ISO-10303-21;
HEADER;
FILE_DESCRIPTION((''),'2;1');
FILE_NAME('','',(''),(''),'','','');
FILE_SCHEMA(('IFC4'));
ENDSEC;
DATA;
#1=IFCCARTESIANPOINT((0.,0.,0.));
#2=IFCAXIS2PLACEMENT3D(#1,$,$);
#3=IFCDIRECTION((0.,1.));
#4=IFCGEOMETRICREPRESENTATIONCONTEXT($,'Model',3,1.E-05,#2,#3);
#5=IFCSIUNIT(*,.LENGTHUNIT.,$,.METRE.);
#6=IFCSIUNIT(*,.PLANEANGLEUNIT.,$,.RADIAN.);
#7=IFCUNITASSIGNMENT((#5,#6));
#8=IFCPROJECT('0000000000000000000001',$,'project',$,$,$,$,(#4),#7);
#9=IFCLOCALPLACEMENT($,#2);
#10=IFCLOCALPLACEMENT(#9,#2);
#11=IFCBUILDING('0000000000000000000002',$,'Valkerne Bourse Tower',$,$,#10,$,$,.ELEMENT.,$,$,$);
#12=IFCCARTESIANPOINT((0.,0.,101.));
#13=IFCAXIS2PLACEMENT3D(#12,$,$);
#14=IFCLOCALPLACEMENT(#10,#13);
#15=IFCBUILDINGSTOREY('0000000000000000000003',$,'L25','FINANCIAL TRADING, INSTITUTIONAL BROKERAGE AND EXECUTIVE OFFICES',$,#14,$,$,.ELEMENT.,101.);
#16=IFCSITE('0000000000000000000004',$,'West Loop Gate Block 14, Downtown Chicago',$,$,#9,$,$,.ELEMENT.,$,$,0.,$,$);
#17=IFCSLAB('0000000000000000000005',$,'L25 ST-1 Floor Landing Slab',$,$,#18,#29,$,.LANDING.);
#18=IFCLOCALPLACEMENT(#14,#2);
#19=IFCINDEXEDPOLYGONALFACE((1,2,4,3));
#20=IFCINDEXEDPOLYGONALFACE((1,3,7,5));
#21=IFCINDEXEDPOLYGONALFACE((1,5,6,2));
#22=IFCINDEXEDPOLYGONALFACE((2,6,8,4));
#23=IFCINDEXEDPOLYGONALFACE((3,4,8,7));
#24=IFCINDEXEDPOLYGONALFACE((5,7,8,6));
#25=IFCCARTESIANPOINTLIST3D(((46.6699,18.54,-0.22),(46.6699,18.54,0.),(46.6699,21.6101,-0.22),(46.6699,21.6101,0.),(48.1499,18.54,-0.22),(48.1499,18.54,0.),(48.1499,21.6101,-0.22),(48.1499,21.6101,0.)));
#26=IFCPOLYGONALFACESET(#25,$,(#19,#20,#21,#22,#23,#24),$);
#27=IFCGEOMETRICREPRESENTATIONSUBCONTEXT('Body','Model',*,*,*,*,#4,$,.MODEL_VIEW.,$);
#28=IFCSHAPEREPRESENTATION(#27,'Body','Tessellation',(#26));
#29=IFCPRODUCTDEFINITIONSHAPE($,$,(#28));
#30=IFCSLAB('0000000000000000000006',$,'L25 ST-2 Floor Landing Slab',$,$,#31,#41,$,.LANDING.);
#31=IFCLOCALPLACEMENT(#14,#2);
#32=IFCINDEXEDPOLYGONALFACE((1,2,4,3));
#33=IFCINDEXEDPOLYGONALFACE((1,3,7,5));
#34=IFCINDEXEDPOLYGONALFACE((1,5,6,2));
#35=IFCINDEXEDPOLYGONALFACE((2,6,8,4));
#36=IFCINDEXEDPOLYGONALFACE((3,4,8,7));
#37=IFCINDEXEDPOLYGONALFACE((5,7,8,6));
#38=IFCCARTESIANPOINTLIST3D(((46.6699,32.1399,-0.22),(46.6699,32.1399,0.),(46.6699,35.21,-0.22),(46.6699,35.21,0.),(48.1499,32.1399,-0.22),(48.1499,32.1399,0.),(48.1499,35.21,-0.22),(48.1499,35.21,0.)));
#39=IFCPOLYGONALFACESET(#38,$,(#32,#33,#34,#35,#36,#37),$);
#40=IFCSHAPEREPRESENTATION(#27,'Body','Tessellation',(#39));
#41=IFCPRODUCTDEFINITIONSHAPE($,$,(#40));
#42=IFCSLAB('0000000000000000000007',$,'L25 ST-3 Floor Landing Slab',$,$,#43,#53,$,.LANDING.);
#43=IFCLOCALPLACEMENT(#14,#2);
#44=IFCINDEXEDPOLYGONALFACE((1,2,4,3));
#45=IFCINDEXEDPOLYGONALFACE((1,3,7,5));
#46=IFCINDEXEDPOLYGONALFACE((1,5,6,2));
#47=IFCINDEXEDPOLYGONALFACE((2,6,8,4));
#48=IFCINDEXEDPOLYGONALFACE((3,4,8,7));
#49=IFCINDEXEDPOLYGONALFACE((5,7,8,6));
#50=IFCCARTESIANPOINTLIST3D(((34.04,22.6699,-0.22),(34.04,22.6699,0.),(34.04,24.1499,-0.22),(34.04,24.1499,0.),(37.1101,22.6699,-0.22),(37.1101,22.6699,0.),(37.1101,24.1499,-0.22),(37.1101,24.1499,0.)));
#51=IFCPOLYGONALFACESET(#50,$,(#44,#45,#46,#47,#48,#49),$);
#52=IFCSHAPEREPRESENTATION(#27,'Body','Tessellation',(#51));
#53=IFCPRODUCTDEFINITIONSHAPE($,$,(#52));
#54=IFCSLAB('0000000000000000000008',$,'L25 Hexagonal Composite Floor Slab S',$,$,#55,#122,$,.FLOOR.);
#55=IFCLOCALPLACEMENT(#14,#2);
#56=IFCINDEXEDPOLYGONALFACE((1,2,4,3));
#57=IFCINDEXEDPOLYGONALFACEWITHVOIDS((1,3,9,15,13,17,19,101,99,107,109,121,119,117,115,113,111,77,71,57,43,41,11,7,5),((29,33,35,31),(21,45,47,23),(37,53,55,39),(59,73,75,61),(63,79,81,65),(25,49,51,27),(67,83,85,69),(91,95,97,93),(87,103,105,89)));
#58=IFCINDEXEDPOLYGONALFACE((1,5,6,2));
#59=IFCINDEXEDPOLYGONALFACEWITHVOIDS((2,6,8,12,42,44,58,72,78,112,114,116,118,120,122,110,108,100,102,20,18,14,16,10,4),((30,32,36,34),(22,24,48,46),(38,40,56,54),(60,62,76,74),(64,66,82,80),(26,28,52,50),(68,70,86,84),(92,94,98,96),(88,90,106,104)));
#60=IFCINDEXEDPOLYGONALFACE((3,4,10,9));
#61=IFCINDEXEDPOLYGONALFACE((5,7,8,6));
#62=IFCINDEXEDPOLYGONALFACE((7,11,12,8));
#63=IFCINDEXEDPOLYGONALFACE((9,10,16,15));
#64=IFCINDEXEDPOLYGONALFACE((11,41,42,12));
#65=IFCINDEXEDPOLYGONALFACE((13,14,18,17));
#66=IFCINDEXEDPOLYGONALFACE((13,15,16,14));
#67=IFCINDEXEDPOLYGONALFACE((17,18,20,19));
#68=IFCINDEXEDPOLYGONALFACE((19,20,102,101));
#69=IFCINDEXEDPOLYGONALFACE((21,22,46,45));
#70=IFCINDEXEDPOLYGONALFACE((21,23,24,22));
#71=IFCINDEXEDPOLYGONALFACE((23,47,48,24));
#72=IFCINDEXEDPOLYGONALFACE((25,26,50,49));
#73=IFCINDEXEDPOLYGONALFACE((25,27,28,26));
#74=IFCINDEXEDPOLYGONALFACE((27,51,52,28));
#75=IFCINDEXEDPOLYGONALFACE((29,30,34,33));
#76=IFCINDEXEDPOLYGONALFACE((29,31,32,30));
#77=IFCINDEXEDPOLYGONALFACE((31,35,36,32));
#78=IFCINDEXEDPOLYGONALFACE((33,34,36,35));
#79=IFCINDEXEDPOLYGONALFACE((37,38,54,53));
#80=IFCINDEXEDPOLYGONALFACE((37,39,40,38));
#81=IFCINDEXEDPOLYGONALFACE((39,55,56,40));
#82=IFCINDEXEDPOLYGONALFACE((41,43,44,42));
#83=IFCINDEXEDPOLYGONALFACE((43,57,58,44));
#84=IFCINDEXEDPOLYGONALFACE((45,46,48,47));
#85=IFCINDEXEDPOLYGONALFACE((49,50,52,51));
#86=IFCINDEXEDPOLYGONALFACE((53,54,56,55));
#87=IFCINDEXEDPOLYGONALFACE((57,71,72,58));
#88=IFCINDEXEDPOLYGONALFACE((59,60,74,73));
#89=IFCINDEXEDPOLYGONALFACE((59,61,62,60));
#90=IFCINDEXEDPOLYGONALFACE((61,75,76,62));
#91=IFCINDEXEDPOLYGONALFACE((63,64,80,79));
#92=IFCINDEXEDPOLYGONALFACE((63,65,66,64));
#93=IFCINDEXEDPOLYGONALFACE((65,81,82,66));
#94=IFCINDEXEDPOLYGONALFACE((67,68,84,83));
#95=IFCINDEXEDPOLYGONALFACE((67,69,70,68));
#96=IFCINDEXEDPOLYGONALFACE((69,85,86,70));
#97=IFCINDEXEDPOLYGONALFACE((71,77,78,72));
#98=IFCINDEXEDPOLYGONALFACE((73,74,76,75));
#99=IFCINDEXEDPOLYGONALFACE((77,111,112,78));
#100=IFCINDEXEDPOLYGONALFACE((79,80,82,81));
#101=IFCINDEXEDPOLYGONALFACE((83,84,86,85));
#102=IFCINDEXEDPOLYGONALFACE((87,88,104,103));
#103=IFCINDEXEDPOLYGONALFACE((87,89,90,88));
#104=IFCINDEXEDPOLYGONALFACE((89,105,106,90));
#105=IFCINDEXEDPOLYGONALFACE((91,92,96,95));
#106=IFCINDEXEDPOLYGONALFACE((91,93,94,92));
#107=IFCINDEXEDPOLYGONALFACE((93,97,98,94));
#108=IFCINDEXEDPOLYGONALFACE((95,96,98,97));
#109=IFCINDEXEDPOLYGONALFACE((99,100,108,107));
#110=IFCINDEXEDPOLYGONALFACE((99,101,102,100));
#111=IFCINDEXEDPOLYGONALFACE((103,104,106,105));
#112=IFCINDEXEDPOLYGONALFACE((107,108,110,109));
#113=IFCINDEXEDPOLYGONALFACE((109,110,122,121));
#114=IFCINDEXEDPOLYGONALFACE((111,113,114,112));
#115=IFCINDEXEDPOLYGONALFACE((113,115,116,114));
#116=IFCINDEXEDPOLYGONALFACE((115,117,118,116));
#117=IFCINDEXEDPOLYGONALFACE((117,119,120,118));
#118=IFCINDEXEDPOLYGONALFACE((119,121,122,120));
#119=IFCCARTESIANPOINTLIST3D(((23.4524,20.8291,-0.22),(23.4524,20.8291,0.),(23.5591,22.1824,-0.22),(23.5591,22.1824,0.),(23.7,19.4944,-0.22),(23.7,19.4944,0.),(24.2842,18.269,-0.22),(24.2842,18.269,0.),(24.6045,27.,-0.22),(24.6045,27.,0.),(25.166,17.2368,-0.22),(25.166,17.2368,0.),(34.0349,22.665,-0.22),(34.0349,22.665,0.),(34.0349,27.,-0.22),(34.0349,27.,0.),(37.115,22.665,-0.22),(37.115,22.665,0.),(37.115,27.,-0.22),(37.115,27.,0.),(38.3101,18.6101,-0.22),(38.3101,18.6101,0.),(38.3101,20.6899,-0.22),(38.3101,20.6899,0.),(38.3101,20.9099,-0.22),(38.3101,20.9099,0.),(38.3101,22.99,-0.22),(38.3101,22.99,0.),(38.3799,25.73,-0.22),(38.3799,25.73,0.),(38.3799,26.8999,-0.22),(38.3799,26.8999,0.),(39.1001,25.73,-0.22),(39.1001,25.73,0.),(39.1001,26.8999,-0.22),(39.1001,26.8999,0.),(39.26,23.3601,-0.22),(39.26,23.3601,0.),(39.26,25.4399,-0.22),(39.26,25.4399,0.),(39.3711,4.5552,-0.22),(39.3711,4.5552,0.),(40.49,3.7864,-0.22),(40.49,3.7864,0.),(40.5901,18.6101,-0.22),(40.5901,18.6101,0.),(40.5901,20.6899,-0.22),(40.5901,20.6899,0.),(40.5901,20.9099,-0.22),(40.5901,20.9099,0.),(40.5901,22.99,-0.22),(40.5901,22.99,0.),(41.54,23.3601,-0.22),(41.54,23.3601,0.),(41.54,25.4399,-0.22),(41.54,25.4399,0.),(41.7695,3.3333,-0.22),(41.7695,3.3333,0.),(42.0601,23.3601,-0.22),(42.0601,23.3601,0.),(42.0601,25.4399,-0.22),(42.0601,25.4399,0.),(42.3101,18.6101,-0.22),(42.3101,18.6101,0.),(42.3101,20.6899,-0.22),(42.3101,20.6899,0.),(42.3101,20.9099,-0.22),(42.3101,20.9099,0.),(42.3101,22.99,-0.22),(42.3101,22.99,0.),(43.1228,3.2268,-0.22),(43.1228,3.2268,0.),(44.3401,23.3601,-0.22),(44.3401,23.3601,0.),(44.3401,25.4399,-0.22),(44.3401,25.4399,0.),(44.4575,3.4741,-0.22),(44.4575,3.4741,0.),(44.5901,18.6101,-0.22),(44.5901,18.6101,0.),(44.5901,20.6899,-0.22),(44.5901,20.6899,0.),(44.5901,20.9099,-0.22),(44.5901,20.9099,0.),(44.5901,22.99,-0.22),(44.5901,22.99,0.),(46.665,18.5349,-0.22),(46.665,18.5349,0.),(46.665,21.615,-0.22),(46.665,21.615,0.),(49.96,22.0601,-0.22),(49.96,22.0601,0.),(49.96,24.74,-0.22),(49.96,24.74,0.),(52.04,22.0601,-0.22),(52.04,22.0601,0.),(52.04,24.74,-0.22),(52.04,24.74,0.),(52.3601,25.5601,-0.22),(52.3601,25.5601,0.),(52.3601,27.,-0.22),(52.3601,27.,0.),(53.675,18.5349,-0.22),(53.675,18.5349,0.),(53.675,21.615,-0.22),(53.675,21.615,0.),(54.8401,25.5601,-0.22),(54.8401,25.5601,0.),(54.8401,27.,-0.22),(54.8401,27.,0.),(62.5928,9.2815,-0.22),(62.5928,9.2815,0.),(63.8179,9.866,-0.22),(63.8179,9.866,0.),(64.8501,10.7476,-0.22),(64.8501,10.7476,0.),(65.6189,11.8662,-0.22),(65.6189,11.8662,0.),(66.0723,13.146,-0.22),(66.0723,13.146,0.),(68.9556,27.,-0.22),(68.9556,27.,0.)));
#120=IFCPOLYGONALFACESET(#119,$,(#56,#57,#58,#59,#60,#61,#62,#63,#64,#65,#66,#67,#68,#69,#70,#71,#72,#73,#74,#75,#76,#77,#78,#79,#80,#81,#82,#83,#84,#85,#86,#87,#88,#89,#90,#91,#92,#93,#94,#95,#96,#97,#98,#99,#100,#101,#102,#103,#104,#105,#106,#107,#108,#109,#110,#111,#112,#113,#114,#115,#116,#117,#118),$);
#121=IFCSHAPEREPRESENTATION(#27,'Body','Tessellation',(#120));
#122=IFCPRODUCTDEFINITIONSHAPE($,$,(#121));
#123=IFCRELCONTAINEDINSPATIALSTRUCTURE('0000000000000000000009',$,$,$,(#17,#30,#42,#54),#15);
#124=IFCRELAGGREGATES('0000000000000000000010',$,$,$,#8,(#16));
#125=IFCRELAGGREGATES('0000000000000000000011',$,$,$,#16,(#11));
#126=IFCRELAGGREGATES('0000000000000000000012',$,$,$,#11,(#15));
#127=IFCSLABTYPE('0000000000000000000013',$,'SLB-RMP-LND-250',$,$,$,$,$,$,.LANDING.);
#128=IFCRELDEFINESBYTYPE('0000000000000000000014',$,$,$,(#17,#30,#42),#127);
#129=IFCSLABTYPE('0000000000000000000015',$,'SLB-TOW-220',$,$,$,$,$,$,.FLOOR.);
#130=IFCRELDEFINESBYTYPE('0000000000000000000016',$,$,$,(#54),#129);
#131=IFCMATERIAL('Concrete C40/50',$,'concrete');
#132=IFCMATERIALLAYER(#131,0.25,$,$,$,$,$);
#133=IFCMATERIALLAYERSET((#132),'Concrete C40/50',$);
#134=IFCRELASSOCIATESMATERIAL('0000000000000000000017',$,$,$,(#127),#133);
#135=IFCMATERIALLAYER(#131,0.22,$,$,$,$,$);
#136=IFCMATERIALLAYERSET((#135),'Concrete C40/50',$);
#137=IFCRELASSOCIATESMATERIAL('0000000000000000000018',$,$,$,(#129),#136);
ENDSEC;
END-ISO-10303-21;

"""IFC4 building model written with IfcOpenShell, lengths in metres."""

from ifc_helpers import new_model, si_unit, direction, frame, origin, place, context, subcontext, project, spatial, polyline, outline, extrude, material, layer, layer_set, type_object, element, save


model = new_model("IFC4")

# Units and contexts
model_context = context("Model", 3, precision=1e-05, world=origin(), true_north=direction((0.0, 1.0)))
body_context = subcontext(model_context, "Body", "Model", "MODEL_VIEW")
ifc_project = project(units=[si_unit("LENGTHUNIT", "METRE"), si_unit("PLANEANGLEUNIT", "RADIAN")], contexts=[model_context])

# Site, building, storey
site_placement = place(None, origin())
site = spatial("IfcSite", under=ifc_project, at=site_placement, Name="West Loop Gate Block 14, Downtown Chicago", CompositionType="ELEMENT", RefElevation=0.0)
building_placement = place(site_placement, origin())
building = spatial("IfcBuilding", under=site, at=building_placement, Name="Valkerne Bourse Tower", CompositionType="ELEMENT")
storey_placement = place(building_placement, frame((0.0, 0.0, 101.0)))
storey = spatial("IfcBuildingStorey", under=building, at=storey_placement, Name="L25", Description="FINANCIAL TRADING, INSTITUTIONAL BROKERAGE AND EXECUTIVE OFFICES", CompositionType="ELEMENT", Elevation=101.0)

# Slabs
ifc_material_1 = material(Name="Concrete C40/50", Category="concrete")
ifc_layer_1 = layer(ifc_material_1, 0.25)
ifc_layer_set_1 = layer_set([ifc_layer_1], Name="Concrete C40/50")
slab_type_1 = type_object("IfcSlabType", Name="SLB-RMP-LND-250", PredefinedType="LANDING", material=ifc_layer_set_1)
slab_1_placement = place(storey_placement, frame((0.0, 0.0, -0.22)))
element("IfcSlab", 1, at=slab_1_placement, inside=storey, type_object=slab_type_1, Name="L25 ST-1 Floor Landing Slab", PredefinedType="LANDING", context=body_context, shape_type="SweptSolid", body=[
    extrude(outline(polyline([(46.6699, 18.54), (48.1499, 18.54), (48.1499, 21.6101), (46.6699, 21.6101), (46.6699, 18.54)])), origin(), (0.0, 0.0, 1.0), 0.22),
])
slab_2_placement = place(storey_placement, frame((0.0, 0.0, -0.22)))
element("IfcSlab", 2, at=slab_2_placement, inside=storey, type_object=slab_type_1, Name="L25 ST-2 Floor Landing Slab", PredefinedType="LANDING", context=body_context, shape_type="SweptSolid", body=[
    extrude(outline(polyline([(46.6699, 32.1399), (48.1499, 32.1399), (48.1499, 35.21), (46.6699, 35.21), (46.6699, 32.1399)])), origin(), (0.0, 0.0, 1.0), 0.22),
])
slab_3_placement = place(storey_placement, frame((0.0, 0.0, -0.22)))
element("IfcSlab", 3, at=slab_3_placement, inside=storey, type_object=slab_type_1, Name="L25 ST-3 Floor Landing Slab", PredefinedType="LANDING", context=body_context, shape_type="SweptSolid", body=[
    extrude(outline(polyline([(37.1101, 22.6699), (37.1101, 24.1499), (34.04, 24.1499), (34.04, 22.6699), (37.1101, 22.6699)])), origin(), (0.0, 0.0, 1.0), 0.22),
])
ifc_layer_2 = layer(ifc_material_1, 0.22)
ifc_layer_set_2 = layer_set([ifc_layer_2], Name="Concrete C40/50")
slab_type_2 = type_object("IfcSlabType", Name="SLB-TOW-220", PredefinedType="FLOOR", material=ifc_layer_set_2)
slab_4_placement = place(storey_placement, frame((0.0, 0.0, -0.22)))
element("IfcSlab", 4, at=slab_4_placement, inside=storey, type_object=slab_type_2, Name="L25 Hexagonal Composite Floor Slab S", PredefinedType="FLOOR", context=body_context, shape_type="SweptSolid", body=[
    extrude(outline(polyline([(65.6189, 11.8662), (64.8501, 10.7476), (63.8179, 9.866), (62.5928, 9.2815), (44.4575, 3.4741), (43.1228, 3.2268), (41.7695, 3.3333), (40.49, 3.7864), (39.3711, 4.5552), (25.166, 17.2368), (24.2842, 18.269), (23.7, 19.4944), (23.4524, 20.8291), (23.5591, 22.1824), (24.6045, 27.0), (34.0349, 27.0), (34.0349, 22.665), (37.115, 22.665), (37.115, 27.0), (52.3601, 27.0), (52.3601, 25.5601), (54.8401, 25.5601), (54.8401, 27.0), (68.9556, 27.0), (66.0723, 13.146), (65.6189, 11.8662)]), holes=[polyline([(40.5901, 20.6899), (38.3101, 20.6899), (38.3101, 18.6101), (40.5901, 18.6101), (40.5901, 20.6899)]), polyline([(40.5901, 22.99), (38.3101, 22.99), (38.3101, 20.9099), (40.5901, 20.9099), (40.5901, 22.99)]), polyline([(41.54, 25.4399), (39.26, 25.4399), (39.26, 23.3601), (41.54, 23.3601), (41.54, 25.4399)]), polyline([(39.1001, 25.73), (39.1001, 26.8999), (38.3799, 26.8999), (38.3799, 25.73), (39.1001, 25.73)]), polyline([(44.5901, 20.6899), (42.3101, 20.6899), (42.3101, 18.6101), (44.5901, 18.6101), (44.5901, 20.6899)]), polyline([(53.675, 21.615), (46.665, 21.615), (46.665, 18.5349), (53.675, 18.5349), (53.675, 21.615)]), polyline([(44.5901, 22.99), (42.3101, 22.99), (42.3101, 20.9099), (44.5901, 20.9099), (44.5901, 22.99)]), polyline([(52.04, 22.0601), (52.04, 24.74), (49.96, 24.74), (49.96, 22.0601), (52.04, 22.0601)]), polyline([(44.3401, 23.3601), (44.3401, 25.4399), (42.0601, 25.4399), (42.0601, 23.3601), (44.3401, 23.3601)])]), origin(), (0.0, 0.0, 1.0), 0.22),
])

save(model, "model.ifc")
